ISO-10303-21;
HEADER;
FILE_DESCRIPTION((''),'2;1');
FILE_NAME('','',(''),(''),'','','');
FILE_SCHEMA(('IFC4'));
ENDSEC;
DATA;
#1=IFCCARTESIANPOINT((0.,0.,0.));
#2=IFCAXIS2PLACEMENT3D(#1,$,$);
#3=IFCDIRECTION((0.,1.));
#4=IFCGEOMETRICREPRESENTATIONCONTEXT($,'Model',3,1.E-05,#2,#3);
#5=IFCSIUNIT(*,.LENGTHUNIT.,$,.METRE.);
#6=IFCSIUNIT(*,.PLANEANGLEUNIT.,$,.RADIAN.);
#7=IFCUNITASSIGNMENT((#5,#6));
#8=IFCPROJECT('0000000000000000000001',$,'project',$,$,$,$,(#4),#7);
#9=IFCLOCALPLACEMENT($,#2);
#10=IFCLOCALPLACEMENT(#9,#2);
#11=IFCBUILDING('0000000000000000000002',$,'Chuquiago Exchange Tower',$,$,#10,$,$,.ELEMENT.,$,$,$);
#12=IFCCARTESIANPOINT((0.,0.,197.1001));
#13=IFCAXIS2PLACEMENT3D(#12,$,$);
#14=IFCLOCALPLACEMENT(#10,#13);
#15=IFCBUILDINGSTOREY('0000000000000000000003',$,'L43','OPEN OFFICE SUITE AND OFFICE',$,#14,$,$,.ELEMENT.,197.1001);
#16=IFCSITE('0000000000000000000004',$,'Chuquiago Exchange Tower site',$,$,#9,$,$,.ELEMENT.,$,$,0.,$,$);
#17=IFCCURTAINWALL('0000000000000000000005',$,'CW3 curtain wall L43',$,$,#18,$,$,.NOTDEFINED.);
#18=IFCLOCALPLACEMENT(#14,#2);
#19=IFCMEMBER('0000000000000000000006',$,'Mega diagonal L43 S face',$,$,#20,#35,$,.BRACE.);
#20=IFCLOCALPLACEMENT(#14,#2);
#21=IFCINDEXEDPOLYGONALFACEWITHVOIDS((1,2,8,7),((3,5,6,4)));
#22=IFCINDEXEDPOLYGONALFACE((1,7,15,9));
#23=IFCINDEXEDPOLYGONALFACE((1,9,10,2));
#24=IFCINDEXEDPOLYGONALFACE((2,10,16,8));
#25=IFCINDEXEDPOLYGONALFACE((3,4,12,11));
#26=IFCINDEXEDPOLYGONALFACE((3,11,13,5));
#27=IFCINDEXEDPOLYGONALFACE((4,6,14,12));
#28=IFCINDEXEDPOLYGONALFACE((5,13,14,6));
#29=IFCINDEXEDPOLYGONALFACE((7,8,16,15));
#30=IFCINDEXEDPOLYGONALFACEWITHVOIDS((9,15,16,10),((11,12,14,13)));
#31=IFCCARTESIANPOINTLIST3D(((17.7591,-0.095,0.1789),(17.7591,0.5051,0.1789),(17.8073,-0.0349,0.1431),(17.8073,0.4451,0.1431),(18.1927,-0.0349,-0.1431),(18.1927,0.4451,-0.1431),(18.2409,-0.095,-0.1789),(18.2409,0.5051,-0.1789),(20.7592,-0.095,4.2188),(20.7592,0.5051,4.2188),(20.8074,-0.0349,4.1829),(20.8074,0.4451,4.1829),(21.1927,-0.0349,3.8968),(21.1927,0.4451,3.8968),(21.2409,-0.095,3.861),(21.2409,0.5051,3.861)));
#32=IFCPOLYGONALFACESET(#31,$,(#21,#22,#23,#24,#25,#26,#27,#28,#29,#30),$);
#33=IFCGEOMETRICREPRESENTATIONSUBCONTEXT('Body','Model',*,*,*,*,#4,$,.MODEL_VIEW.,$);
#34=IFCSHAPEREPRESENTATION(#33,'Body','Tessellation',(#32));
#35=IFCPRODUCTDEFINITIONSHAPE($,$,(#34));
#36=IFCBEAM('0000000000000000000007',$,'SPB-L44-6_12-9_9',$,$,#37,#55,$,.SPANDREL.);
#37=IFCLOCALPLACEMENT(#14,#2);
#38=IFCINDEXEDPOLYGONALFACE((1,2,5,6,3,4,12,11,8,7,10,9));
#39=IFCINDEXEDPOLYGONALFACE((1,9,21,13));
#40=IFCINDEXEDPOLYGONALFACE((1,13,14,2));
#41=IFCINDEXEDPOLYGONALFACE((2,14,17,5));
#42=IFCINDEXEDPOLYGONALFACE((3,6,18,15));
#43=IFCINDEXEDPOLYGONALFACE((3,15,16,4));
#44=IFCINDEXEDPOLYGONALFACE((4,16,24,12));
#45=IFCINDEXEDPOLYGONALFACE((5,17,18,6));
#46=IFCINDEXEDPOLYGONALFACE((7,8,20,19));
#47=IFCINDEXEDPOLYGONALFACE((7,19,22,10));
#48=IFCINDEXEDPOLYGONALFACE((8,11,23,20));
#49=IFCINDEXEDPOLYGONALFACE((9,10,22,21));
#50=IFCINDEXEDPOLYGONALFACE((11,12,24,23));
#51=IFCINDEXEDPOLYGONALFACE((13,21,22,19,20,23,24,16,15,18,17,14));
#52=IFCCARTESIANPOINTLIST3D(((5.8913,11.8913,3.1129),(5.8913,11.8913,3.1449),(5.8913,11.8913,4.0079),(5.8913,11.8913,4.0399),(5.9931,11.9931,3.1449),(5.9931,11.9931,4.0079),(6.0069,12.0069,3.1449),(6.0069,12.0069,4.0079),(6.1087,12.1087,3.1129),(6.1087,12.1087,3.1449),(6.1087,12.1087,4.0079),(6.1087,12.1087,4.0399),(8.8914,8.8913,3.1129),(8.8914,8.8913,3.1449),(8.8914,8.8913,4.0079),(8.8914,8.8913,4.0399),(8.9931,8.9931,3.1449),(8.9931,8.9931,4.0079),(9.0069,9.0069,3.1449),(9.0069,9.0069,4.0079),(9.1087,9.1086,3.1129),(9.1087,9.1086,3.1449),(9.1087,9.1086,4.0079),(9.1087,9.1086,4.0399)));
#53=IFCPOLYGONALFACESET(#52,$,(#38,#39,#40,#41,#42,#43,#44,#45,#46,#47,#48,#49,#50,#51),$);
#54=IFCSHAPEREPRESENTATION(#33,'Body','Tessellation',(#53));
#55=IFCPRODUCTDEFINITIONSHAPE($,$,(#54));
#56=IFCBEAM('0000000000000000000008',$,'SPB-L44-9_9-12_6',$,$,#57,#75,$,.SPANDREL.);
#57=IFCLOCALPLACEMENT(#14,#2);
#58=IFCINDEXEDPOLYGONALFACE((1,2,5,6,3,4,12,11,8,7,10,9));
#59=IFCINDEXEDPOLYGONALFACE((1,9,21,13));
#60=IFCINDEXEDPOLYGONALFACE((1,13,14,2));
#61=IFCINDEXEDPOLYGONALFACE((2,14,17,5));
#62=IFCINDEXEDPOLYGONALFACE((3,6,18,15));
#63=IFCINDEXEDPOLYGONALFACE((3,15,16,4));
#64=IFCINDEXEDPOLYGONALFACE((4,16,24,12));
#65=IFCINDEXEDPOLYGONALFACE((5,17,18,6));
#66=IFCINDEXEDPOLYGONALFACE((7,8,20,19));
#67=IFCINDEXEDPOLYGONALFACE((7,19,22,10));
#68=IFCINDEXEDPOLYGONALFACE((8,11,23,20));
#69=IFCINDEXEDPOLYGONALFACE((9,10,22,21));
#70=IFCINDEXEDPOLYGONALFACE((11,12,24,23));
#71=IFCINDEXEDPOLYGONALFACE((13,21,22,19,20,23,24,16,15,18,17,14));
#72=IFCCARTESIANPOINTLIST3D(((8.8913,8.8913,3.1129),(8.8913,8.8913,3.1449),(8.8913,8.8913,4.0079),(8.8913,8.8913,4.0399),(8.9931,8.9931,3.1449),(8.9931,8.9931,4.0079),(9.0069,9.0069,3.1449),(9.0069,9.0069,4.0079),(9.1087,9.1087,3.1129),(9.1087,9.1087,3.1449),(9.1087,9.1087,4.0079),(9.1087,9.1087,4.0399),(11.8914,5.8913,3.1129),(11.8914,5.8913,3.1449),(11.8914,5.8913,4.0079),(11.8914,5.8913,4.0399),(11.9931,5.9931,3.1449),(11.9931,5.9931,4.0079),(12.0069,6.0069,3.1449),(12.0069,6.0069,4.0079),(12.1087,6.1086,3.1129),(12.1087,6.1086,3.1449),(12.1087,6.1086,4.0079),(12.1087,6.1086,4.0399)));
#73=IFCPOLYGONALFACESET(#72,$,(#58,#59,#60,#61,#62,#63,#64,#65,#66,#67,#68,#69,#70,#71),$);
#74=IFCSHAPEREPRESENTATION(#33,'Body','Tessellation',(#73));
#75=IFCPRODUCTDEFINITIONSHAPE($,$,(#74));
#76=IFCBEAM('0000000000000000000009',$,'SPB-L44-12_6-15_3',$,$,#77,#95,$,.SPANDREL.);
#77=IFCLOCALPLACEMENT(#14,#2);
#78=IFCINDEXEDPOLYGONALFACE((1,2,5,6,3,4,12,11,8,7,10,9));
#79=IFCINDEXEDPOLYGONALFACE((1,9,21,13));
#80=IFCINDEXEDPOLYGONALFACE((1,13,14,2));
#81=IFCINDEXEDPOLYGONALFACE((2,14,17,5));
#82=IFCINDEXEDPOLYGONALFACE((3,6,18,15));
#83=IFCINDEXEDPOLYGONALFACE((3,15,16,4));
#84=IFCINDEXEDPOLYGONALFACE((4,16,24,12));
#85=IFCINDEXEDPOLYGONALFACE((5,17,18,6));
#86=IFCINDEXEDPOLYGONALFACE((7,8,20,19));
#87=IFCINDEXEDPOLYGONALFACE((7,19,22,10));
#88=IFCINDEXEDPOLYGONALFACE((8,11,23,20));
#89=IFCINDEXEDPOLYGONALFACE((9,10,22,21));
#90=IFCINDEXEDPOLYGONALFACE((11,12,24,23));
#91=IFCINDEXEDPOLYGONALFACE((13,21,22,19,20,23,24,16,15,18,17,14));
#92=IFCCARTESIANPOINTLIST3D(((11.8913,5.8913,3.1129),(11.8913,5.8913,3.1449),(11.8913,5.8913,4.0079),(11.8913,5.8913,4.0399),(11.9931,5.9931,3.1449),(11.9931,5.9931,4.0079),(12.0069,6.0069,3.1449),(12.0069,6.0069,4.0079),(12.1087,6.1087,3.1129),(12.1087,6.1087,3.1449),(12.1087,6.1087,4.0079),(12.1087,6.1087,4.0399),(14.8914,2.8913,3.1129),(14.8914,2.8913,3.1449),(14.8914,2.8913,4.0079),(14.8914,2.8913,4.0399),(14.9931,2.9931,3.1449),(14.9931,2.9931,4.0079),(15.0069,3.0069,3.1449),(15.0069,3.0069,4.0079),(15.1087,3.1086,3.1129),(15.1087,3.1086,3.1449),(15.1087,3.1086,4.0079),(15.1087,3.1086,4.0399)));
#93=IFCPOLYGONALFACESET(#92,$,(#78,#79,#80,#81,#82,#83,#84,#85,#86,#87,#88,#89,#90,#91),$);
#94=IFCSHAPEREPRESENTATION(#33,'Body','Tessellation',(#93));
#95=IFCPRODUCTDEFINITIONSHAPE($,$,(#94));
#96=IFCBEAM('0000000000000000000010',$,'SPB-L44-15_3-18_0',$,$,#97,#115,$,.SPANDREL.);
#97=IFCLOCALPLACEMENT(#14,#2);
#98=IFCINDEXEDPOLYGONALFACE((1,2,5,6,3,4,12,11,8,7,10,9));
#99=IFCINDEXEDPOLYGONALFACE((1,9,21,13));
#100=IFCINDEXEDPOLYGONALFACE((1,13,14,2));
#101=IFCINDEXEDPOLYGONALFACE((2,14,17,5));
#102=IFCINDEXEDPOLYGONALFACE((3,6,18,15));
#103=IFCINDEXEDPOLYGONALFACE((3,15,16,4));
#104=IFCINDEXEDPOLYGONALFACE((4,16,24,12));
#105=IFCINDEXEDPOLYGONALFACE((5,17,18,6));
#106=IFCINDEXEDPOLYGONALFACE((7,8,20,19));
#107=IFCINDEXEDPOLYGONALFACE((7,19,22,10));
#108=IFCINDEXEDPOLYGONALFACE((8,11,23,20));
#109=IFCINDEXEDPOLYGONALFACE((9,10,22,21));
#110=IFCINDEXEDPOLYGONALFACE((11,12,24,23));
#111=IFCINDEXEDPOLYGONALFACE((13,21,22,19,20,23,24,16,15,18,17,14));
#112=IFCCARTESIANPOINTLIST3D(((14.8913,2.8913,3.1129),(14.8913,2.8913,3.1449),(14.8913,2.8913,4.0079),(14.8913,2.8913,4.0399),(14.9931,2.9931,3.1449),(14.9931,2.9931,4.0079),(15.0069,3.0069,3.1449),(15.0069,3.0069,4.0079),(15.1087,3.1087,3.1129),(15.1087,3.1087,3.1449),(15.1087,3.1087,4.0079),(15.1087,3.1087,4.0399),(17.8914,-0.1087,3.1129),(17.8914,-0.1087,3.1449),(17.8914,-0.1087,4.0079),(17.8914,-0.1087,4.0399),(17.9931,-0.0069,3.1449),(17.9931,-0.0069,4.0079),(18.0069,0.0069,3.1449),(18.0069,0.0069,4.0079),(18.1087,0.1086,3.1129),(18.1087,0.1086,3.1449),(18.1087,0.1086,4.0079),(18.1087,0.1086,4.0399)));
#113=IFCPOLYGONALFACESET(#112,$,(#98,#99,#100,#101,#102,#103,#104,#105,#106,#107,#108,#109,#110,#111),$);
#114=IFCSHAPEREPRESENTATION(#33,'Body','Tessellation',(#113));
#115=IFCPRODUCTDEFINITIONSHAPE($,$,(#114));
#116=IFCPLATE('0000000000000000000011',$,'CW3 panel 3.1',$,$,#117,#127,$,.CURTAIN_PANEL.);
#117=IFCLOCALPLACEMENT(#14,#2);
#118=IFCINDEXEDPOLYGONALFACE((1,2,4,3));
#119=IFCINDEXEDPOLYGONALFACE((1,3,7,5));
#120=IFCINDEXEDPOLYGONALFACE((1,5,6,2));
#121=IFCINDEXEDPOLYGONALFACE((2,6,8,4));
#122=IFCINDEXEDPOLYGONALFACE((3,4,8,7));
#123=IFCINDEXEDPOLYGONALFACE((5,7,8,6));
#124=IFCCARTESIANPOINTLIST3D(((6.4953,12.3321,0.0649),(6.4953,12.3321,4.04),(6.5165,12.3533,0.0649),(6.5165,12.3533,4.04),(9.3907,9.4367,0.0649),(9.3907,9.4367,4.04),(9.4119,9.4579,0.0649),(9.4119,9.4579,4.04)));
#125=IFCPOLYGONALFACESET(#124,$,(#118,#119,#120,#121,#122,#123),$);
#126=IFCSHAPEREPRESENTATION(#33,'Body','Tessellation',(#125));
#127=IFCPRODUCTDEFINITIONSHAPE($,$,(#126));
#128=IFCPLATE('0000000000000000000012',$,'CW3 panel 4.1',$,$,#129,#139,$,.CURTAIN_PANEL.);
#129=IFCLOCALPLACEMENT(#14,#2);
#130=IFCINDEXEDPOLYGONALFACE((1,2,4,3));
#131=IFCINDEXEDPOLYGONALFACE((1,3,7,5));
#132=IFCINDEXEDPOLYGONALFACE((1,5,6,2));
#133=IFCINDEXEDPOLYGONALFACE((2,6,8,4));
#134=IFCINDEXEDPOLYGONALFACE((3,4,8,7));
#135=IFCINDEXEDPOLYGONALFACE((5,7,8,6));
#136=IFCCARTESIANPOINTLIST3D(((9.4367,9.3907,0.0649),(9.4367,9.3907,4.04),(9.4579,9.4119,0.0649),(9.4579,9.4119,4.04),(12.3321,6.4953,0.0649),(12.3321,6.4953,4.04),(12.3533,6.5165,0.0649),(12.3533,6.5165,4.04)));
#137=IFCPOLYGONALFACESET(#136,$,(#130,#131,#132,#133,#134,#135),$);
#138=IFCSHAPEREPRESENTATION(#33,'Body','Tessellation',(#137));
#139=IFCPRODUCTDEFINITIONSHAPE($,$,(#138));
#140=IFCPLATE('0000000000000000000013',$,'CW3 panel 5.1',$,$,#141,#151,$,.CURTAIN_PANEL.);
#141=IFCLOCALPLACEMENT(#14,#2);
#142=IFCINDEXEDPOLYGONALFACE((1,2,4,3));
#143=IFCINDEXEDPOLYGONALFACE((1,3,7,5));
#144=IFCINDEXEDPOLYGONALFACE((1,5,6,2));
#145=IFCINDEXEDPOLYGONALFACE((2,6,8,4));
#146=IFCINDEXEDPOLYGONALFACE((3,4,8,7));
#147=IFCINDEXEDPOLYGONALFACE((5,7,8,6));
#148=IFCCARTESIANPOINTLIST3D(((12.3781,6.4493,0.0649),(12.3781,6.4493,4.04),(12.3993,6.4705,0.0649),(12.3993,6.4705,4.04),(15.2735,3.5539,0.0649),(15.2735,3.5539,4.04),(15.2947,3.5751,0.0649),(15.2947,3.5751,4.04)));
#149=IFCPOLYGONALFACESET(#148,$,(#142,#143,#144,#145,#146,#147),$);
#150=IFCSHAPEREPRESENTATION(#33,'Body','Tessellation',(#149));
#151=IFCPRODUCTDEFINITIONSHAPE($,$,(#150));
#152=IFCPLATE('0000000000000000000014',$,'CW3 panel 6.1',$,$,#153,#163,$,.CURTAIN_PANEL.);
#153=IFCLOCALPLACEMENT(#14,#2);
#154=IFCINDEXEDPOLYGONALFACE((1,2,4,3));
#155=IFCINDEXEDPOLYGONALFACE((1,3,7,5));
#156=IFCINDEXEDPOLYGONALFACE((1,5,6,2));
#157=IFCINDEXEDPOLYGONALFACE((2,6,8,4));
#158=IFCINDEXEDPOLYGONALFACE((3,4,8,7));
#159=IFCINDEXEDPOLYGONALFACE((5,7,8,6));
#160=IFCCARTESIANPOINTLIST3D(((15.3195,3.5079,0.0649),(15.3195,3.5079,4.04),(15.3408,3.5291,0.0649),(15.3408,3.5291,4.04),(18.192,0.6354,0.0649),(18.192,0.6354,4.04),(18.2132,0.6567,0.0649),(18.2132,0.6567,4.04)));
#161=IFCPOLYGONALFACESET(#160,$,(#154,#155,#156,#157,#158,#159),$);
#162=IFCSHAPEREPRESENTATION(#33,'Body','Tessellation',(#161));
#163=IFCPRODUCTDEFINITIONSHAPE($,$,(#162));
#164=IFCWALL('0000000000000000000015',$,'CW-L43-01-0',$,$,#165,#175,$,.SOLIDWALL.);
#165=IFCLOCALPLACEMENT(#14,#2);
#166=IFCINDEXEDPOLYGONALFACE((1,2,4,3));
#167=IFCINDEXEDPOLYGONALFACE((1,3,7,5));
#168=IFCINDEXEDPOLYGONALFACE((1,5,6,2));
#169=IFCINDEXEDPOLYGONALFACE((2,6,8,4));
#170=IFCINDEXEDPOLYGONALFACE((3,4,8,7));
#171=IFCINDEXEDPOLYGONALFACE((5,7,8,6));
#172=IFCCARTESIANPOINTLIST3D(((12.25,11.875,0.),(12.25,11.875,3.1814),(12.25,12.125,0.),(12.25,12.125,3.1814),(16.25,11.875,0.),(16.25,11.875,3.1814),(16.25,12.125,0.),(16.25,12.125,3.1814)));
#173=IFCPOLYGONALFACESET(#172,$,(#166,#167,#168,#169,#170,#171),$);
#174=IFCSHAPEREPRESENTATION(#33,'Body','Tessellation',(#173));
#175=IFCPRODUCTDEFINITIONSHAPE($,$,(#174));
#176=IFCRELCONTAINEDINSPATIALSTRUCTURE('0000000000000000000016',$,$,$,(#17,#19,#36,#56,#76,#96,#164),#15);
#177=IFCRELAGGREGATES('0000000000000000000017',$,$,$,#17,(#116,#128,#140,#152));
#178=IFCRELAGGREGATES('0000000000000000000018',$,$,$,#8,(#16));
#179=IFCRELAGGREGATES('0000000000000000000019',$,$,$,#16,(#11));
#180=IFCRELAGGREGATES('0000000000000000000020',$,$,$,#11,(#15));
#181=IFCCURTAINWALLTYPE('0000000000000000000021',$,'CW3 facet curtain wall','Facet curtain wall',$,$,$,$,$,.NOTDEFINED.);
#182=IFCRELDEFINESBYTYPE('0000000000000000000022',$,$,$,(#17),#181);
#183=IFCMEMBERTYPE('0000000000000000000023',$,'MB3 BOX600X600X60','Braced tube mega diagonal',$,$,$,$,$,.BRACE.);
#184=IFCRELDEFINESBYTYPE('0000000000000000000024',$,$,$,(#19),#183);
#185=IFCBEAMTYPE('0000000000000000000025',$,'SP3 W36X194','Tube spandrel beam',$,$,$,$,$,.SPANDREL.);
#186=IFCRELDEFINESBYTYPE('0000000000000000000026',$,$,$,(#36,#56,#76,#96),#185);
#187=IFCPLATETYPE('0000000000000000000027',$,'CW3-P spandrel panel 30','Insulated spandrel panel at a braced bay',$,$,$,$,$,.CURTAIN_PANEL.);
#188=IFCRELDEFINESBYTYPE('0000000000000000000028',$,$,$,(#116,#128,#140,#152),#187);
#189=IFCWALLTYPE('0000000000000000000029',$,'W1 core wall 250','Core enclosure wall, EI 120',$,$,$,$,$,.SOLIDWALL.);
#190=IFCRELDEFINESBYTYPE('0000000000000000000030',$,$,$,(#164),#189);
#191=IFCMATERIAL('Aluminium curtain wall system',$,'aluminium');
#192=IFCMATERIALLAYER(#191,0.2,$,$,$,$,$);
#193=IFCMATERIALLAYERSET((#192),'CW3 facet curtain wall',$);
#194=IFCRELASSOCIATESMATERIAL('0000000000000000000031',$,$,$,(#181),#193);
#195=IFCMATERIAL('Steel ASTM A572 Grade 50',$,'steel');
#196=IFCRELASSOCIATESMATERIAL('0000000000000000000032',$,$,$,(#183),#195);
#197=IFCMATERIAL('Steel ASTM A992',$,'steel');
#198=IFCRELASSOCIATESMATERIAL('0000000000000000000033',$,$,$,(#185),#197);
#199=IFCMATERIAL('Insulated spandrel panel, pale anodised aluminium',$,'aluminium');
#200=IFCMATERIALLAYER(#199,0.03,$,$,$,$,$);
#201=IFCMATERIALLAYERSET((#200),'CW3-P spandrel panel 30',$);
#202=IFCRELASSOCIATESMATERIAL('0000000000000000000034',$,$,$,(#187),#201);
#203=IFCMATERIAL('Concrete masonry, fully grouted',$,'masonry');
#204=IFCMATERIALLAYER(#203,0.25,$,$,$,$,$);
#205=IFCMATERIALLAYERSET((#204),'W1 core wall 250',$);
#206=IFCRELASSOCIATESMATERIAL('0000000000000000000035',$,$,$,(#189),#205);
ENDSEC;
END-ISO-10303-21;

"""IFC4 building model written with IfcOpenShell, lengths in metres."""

from ifc_helpers import new_model, si_unit, direction, frame, frame_2d, origin, origin_2d, place, context, subcontext, project, spatial, rectangle, hollow_rectangle, i_section, extrude, material, layer, layer_set, material_profile, profile_set, type_object, element, aggregate, save


model = new_model("IFC4")

# Units and contexts
model_context = context("Model", 3, precision=1e-05, world=origin(), true_north=direction((0.0, 1.0)))
body_context = subcontext(model_context, "Body", "Model", "MODEL_VIEW")
ifc_project = project(units=[si_unit("LENGTHUNIT", "METRE"), si_unit("PLANEANGLEUNIT", "RADIAN")], contexts=[model_context])

# Site, building, storey
site_placement = place(None, origin())
site = spatial("IfcSite", under=ifc_project, at=site_placement, Name="Chuquiago Exchange Tower site", CompositionType="ELEMENT", RefElevation=0.0)
building_placement = place(site_placement, origin())
building = spatial("IfcBuilding", under=site, at=building_placement, Name="Chuquiago Exchange Tower", CompositionType="ELEMENT")
storey_placement = place(building_placement, frame((0.0, 0.0, 197.1001)))
storey = spatial("IfcBuildingStorey", under=building, at=storey_placement, Name="L43", Description="OPEN OFFICE SUITE AND OFFICE", CompositionType="ELEMENT", Elevation=197.1001)

# Curtain wall
ifc_material_1 = material(Name="Aluminium curtain wall system", Category="aluminium")
ifc_layer_1 = layer(ifc_material_1, 0.2)
ifc_layer_set_1 = layer_set([ifc_layer_1], Name="CW3 facet curtain wall")
curtain_wall_type = type_object("IfcCurtainWallType", Name="CW3 facet curtain wall", Description="Facet curtain wall", PredefinedType="NOTDEFINED", material=ifc_layer_set_1)
curtain_wall_placement = place(storey_placement, origin())
curtain_wall = element("IfcCurtainWall", 1, at=curtain_wall_placement, inside=storey, type_object=curtain_wall_type, Name="CW3 curtain wall L43", PredefinedType="NOTDEFINED")

# Member
ifc_material_2 = material(Name="Steel ASTM A572 Grade 50", Category="steel")
ifc_material_profile_1 = material_profile(ifc_material_2, hollow_rectangle(XDim=0.6001, YDim=0.6001, WallThickness=0.0601, at=origin_2d()), Name="BOX600X600X60")
ifc_profile_set_1 = profile_set([ifc_material_profile_1], Name="Steel ASTM A572 Grade 50")
member_type_1 = type_object("IfcMemberType", Name="MB3 BOX600X600X60", Description="Braced tube mega diagonal", PredefinedType="BRACE", material=ifc_profile_set_1)
member_1_placement = place(storey_placement, frame((18.0, 0.2051, 0.0), z_axis=(0.596197, 0.0, 0.802838), x_axis=(0.0, 1.0, 0.0)))
element("IfcMember", 2, at=member_1_placement, inside=storey, type_object=member_type_1, Name="Mega diagonal L43 S face", PredefinedType="BRACE", context=body_context, shape_type="SweptSolid", body=[
    extrude(hollow_rectangle(XDim=0.6001, YDim=0.6001, WallThickness=0.0601, at=origin_2d()), origin(), (0.0, 0.0, 1.0), 5.032),
])

# Beams
ifc_material_3 = material(Name="Steel ASTM A992", Category="steel")
ifc_material_profile_2 = material_profile(ifc_material_3, i_section(OverallWidth=0.3074, OverallDepth=0.927, WebThickness=0.0195, FlangeThickness=0.032, at=origin_2d()), Name="W36X194")
ifc_profile_set_2 = profile_set([ifc_material_profile_2], Name="Steel ASTM A992")
beam_type_1 = type_object("IfcBeamType", Name="SP3 W36X194", Description="Tube spandrel beam", PredefinedType="SPANDREL", material=ifc_profile_set_2)
for number, where, z_axis, x_axis, name in (
    (3, (6.0, 12.0, 3.5764), (0.707107, -0.707107, 0.0), (0.707107, 0.707107, 0.0), "SPB-L44-6_12-9_9"),
    (4, (9.0, 9.0, 3.5764), (0.707107, -0.707107, 0.0), (0.707107, 0.707107, 0.0), "SPB-L44-9_9-12_6"),
    (5, (12.0, 6.0, 3.5764), (0.707107, -0.707107, 0.0), (0.707107, 0.707107, 0.0), "SPB-L44-12_6-15_3"),
    (6, (15.0, 3.0, 3.5764), (0.707107, -0.707107, 0.0), (0.707107, 0.707107, 0.0), "SPB-L44-15_3-18_0"),
):
    element("IfcBeam", number, at=place(storey_placement, frame(where, z_axis=z_axis, x_axis=x_axis)), inside=storey, type_object=beam_type_1, Name=name, PredefinedType="SPANDREL", context=body_context, shape_type="SweptSolid", body=[
        extrude(i_section(OverallWidth=0.3074, OverallDepth=0.927, WebThickness=0.0195, FlangeThickness=0.032, at=origin_2d()), origin(), (0.0, 0.0, 1.0), 4.2427),
    ])

# Plates
ifc_material_4 = material(Name="Insulated spandrel panel, pale anodised aluminium", Category="aluminium")
ifc_layer_2 = layer(ifc_material_4, 0.03)
ifc_layer_set_2 = layer_set([ifc_layer_2], Name="CW3-P spandrel panel 30")
plate_type = type_object("IfcPlateType", Name="CW3-P spandrel panel 30", Description="Insulated spandrel panel at a braced bay", PredefinedType="CURTAIN_PANEL", material=ifc_layer_set_2)
plate_1_placement = place(storey_placement, frame((7.9536, 10.895, 0.0649), z_axis=(0.0, 0.0, 1.0), x_axis=(0.707107, -0.707107, 0.0)))
plate_1 = element("IfcPlate", 7, at=plate_1_placement, type_object=plate_type, Name="CW3 panel 3.1", PredefinedType="CURTAIN_PANEL", context=body_context, shape_type="SweptSolid", body=[
    extrude(rectangle(XDim=4.0947, YDim=0.03, at=origin_2d()), origin(), (0.0, 0.0, 1.0), 3.9751),
])
plate_2_placement = place(storey_placement, frame((10.895, 7.9536, 0.0649), z_axis=(0.0, 0.0, 1.0), x_axis=(0.707107, -0.707107, 0.0)))
plate_2 = element("IfcPlate", 8, at=plate_2_placement, type_object=plate_type, Name="CW3 panel 4.1", PredefinedType="CURTAIN_PANEL", context=body_context, shape_type="SweptSolid", body=[
    extrude(rectangle(XDim=4.0947, YDim=0.03, at=origin_2d()), origin(), (0.0, 0.0, 1.0), 3.9751),
])
plate_3_placement = place(storey_placement, frame((13.8364, 5.0122, 0.0649), z_axis=(0.0, 0.0, 1.0), x_axis=(0.707107, -0.707107, 0.0)))
plate_3 = element("IfcPlate", 9, at=plate_3_placement, type_object=plate_type, Name="CW3 panel 5.1", PredefinedType="CURTAIN_PANEL", context=body_context, shape_type="SweptSolid", body=[
    extrude(rectangle(XDim=4.0947, YDim=0.03, at=origin_2d()), origin(), (0.0, 0.0, 1.0), 3.9751),
])
plate_4_placement = place(storey_placement, frame((16.7664, 2.0823, 0.0649), z_axis=(0.0, 0.0, 1.0), x_axis=(0.707107, -0.707107, 0.0)))
plate_4 = element("IfcPlate", 10, at=plate_4_placement, type_object=plate_type, Name="CW3 panel 6.1", PredefinedType="CURTAIN_PANEL", context=body_context, shape_type="SweptSolid", body=[
    extrude(rectangle(XDim=4.0623, YDim=0.03, at=origin_2d()), origin(), (0.0, 0.0, 1.0), 3.9751),
])
aggregate(curtain_wall, [plate_1, plate_2, plate_3, plate_4])

# Wall
ifc_material_5 = material(Name="Concrete masonry, fully grouted", Category="masonry")
ifc_layer_3 = layer(ifc_material_5, 0.25)
ifc_layer_set_3 = layer_set([ifc_layer_3], Name="W1 core wall 250")
wall_type_1 = type_object("IfcWallType", Name="W1 core wall 250", Description="Core enclosure wall, EI 120", PredefinedType="SOLIDWALL", material=ifc_layer_set_3)
wall_1_placement = place(storey_placement, frame((12.25, 12.0, 0.0), z_axis=(0.0, 0.0, 1.0), x_axis=(1.0, 0.0, 0.0)))
element("IfcWall", 11, at=wall_1_placement, inside=storey, type_object=wall_type_1, Name="CW-L43-01-0", PredefinedType="SOLIDWALL", context=body_context, shape_type="SweptSolid", body=[
    extrude(rectangle(XDim=4.0, YDim=0.25, at=frame_2d((2.0, 0.0))), origin(), (0.0, 0.0, 1.0), 3.1814),
])

save(model, "model.ifc")
